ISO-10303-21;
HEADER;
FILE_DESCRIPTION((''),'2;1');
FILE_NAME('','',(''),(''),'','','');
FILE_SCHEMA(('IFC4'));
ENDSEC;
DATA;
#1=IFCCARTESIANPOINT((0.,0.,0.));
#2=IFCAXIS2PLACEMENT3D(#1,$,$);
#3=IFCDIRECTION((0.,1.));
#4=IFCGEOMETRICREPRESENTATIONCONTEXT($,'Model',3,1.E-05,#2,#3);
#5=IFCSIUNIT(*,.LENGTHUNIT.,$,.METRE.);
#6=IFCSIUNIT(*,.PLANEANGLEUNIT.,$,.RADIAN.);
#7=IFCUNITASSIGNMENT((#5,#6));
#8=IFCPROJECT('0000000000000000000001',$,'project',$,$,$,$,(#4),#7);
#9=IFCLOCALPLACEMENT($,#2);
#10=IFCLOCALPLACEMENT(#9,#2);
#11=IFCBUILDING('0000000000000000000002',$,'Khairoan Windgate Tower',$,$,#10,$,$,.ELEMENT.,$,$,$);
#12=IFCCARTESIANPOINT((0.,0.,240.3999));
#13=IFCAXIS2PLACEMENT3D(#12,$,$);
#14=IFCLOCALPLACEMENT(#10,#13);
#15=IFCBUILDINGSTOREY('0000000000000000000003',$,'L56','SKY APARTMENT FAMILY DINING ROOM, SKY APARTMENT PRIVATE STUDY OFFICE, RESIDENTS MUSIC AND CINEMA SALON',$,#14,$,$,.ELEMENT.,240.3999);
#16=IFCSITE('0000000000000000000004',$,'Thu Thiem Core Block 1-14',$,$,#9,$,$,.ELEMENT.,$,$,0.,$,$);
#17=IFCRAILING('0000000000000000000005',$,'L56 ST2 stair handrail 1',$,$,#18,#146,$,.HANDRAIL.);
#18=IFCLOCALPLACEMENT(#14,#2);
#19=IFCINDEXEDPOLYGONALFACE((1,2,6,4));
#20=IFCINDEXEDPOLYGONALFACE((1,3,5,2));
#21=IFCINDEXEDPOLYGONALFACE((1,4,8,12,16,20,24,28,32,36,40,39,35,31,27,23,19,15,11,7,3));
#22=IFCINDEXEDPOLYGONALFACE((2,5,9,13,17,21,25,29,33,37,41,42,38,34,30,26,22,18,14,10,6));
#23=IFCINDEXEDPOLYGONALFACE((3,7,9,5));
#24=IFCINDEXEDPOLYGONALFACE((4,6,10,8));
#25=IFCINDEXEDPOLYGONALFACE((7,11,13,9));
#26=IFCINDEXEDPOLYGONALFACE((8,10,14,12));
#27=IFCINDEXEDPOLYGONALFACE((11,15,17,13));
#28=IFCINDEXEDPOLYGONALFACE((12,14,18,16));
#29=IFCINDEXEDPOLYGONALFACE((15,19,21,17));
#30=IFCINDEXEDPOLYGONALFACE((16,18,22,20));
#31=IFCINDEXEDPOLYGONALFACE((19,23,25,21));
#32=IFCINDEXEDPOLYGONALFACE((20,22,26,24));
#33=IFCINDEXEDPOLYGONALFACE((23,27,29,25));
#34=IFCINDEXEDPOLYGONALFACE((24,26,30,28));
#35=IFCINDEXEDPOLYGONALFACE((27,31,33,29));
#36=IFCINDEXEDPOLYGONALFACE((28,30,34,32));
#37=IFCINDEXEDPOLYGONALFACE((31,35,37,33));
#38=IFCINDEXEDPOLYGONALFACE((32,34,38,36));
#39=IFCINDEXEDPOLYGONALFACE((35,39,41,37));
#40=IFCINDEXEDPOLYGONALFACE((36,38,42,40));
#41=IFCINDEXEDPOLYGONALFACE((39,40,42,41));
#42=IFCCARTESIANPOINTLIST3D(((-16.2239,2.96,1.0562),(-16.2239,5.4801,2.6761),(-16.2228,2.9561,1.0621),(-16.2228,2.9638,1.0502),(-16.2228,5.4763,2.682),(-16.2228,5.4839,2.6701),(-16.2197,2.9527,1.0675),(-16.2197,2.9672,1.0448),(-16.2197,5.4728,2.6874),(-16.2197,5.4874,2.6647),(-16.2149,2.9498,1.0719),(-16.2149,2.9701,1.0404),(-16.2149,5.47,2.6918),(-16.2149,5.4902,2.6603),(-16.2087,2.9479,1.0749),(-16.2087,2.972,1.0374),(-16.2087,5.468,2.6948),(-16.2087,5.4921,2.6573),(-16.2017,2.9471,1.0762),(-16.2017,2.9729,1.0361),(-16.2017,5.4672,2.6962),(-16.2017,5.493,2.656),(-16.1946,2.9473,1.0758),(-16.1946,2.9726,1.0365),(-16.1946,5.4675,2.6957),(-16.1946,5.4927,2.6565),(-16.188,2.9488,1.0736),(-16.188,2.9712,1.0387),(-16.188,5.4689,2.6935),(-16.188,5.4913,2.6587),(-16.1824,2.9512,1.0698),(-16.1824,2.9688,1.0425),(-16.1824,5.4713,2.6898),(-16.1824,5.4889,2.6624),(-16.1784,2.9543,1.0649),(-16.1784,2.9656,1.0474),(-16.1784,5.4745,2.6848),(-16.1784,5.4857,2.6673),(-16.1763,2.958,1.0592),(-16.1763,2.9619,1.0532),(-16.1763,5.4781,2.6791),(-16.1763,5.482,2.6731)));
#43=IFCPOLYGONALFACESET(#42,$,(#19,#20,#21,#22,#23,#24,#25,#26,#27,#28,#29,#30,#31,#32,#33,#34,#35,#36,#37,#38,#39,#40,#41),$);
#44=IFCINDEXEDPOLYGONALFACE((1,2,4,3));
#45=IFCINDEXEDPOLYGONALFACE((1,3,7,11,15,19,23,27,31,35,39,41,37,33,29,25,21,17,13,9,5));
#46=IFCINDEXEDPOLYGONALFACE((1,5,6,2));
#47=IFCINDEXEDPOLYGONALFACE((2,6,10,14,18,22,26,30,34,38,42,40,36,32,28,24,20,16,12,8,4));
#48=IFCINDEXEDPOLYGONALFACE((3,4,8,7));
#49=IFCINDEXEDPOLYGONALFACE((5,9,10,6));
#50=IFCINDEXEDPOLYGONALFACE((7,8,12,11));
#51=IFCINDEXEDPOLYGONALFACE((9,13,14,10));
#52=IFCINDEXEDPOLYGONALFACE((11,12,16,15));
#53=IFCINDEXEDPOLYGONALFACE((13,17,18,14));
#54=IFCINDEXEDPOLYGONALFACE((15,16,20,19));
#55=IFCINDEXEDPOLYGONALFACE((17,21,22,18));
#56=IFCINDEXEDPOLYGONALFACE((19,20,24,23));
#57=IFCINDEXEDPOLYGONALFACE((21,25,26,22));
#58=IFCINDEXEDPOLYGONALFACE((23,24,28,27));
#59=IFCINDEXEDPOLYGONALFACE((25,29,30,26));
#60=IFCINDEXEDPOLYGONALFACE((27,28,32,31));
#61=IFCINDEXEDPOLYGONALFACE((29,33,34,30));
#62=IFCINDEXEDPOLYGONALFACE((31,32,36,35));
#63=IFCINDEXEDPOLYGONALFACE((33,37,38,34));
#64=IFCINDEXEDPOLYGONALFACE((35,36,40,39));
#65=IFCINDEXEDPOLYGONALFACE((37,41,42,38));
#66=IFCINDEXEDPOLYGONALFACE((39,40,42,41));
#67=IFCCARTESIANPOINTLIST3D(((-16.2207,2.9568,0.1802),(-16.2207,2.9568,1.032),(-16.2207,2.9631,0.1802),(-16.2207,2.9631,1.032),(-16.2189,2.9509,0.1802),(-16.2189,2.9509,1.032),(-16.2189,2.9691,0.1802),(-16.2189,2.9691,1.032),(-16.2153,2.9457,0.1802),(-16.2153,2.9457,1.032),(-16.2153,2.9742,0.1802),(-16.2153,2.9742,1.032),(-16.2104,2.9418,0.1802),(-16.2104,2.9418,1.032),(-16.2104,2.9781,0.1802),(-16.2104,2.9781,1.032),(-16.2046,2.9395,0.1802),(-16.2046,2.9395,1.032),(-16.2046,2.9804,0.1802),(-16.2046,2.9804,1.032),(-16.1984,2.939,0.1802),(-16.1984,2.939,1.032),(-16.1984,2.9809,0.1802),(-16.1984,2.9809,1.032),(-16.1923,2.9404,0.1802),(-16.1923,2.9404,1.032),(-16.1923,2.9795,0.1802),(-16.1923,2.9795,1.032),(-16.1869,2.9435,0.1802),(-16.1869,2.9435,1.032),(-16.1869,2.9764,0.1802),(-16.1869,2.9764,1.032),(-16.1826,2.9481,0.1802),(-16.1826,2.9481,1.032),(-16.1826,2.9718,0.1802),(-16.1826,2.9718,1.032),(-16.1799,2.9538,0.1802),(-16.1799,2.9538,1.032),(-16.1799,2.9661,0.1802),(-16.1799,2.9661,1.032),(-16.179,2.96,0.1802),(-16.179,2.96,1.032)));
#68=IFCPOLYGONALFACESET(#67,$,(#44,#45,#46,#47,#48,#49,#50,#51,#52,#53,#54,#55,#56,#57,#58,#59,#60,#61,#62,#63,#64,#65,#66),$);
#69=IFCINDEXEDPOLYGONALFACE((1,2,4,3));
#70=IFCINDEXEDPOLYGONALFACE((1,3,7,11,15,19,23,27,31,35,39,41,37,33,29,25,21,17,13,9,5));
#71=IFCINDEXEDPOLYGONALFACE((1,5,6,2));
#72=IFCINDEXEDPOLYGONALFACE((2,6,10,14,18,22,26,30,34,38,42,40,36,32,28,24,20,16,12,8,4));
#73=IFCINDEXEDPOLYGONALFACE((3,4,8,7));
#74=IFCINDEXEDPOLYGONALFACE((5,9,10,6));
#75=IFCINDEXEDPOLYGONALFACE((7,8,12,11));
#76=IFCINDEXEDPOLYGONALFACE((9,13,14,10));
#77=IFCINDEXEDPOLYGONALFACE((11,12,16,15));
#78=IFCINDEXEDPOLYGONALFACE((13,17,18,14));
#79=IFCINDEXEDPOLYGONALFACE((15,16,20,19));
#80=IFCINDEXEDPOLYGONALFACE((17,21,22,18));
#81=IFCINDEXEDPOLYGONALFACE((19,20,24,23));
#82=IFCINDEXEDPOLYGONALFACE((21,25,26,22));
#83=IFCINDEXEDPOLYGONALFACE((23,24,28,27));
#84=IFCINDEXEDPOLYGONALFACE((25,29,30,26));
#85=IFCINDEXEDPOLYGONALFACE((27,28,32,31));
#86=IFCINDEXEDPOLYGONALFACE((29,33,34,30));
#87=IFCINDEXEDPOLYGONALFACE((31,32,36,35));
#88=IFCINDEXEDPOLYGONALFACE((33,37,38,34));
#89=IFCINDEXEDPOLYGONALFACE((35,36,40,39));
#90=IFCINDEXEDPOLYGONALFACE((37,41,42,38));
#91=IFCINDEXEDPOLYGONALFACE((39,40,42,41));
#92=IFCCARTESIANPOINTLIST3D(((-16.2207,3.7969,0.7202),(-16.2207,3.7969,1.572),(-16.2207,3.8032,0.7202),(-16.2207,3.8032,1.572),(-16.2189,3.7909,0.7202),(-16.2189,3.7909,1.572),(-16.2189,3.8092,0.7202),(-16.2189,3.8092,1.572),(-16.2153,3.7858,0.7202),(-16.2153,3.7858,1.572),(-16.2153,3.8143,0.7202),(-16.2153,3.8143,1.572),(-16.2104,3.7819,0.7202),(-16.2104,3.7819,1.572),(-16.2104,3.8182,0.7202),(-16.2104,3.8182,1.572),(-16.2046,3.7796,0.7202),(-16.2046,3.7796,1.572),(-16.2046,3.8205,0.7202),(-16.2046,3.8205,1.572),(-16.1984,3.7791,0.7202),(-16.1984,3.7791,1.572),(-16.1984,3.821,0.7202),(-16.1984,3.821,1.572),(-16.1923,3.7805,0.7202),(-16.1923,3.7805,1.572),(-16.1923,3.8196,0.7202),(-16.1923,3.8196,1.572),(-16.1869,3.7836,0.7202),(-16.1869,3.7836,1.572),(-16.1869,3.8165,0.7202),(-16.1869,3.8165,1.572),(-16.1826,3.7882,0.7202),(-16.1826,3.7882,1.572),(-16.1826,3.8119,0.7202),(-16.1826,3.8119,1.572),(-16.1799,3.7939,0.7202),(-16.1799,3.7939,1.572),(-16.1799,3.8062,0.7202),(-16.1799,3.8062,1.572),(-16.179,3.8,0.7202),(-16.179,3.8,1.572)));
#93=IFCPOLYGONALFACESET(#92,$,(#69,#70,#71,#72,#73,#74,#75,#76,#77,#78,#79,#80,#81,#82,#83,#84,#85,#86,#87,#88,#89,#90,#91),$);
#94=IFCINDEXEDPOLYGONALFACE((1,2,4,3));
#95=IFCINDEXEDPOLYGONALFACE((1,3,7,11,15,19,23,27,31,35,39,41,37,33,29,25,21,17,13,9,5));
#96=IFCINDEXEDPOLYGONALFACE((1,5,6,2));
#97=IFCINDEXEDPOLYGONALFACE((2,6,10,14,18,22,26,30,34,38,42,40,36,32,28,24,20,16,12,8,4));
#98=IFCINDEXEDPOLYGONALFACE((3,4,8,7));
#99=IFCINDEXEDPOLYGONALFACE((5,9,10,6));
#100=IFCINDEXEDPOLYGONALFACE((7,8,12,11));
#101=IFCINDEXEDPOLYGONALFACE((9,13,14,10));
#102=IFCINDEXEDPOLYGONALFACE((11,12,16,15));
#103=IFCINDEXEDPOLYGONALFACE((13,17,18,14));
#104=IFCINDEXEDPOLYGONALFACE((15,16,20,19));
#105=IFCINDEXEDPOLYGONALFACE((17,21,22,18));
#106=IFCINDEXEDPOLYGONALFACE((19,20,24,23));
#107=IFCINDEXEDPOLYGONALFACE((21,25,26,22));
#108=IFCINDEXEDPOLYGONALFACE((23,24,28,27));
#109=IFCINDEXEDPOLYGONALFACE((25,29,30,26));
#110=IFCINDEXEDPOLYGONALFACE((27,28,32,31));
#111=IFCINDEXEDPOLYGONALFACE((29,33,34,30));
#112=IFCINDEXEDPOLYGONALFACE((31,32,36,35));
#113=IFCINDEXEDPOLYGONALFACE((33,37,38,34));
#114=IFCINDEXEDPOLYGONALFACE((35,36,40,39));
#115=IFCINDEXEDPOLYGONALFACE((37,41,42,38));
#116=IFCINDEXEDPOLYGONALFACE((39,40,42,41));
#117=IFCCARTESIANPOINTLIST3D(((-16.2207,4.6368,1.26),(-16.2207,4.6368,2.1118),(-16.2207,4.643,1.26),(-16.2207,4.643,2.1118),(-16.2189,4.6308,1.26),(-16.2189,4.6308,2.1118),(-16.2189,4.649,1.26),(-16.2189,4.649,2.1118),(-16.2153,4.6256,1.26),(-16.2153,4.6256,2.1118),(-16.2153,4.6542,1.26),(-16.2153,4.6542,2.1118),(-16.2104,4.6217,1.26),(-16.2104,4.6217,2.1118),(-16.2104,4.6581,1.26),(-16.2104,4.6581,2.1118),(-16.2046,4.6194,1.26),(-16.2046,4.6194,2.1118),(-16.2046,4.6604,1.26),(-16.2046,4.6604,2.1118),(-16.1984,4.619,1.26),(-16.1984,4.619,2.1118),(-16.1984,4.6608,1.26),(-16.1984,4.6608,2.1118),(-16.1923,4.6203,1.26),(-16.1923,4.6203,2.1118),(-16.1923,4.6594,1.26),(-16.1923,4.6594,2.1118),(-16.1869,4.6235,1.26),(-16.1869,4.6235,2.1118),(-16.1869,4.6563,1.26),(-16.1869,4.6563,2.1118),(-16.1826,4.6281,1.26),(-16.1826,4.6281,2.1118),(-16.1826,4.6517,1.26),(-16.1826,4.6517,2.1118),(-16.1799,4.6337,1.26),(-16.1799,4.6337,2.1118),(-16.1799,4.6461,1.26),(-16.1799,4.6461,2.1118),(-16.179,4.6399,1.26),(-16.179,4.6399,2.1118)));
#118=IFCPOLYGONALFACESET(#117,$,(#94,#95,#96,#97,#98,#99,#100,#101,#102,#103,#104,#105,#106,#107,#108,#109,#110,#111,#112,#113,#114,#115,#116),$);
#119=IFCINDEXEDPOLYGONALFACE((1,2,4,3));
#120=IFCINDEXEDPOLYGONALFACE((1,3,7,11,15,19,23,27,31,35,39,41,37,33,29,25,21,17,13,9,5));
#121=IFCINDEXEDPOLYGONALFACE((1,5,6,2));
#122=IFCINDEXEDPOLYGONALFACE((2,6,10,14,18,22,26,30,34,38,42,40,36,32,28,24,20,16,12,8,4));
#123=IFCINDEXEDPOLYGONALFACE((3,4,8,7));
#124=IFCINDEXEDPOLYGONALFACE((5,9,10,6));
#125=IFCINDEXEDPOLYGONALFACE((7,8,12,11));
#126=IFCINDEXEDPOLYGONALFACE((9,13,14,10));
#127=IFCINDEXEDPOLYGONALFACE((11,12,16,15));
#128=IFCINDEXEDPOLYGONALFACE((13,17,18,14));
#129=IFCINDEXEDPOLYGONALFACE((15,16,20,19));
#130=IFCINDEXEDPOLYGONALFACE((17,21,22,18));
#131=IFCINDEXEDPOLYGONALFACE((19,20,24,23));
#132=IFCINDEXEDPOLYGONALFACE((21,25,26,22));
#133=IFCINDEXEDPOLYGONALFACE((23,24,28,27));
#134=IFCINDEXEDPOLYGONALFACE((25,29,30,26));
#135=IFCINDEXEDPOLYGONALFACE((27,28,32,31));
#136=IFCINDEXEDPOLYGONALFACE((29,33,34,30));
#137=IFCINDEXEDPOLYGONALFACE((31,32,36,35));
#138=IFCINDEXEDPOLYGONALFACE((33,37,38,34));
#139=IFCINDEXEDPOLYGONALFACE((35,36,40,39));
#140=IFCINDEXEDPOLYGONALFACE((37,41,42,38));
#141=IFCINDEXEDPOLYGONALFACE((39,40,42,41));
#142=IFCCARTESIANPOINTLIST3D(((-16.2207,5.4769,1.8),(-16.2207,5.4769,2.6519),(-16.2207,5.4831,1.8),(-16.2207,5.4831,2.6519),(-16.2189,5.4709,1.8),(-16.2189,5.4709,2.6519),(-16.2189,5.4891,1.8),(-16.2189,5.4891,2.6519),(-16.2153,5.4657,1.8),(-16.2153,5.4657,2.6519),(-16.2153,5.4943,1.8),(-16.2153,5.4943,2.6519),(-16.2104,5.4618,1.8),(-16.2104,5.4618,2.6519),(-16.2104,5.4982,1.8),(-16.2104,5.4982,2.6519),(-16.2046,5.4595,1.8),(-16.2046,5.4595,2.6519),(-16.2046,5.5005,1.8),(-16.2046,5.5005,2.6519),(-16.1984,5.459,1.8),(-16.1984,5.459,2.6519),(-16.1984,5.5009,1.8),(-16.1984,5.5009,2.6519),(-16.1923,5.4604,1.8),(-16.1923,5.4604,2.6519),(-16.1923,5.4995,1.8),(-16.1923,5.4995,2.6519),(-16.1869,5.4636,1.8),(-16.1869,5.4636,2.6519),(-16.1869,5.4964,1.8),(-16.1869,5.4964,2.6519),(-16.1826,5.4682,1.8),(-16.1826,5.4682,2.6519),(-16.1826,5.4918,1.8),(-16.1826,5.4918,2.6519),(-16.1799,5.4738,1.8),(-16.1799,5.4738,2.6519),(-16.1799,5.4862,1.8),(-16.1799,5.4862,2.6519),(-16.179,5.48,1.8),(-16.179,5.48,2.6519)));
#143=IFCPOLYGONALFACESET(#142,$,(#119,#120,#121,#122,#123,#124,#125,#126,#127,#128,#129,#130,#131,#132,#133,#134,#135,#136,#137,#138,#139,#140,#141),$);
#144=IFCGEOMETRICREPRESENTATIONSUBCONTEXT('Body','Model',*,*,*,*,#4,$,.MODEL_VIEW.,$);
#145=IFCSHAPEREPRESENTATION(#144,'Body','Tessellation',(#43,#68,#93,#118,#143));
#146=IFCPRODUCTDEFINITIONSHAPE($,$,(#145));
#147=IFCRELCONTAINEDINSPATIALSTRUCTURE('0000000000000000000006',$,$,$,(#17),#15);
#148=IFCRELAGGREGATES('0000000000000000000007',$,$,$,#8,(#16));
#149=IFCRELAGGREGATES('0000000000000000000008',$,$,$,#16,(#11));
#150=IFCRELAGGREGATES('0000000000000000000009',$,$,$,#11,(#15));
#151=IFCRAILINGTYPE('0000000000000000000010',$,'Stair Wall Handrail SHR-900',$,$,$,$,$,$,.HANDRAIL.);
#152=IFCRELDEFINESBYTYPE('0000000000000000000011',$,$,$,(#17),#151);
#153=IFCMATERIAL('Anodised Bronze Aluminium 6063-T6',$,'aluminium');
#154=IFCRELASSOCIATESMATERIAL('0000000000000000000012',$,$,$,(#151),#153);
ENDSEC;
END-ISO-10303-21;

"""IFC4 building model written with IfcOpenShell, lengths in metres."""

from ifc_helpers import new_model, si_unit, direction, frame, origin, origin_2d, place, context, subcontext, project, spatial, circle, extrude, material, type_object, element, save


model = new_model("IFC4")

# Units and contexts
model_context = context("Model", 3, precision=1e-05, world=origin(), true_north=direction((0.0, 1.0)))
body_context = subcontext(model_context, "Body", "Model", "MODEL_VIEW")
ifc_project = project(units=[si_unit("LENGTHUNIT", "METRE"), si_unit("PLANEANGLEUNIT", "RADIAN")], contexts=[model_context])

# Site, building, storey
site_placement = place(None, origin())
site = spatial("IfcSite", under=ifc_project, at=site_placement, Name="Thu Thiem Core Block 1-14", CompositionType="ELEMENT", RefElevation=0.0)
building_placement = place(site_placement, origin())
building = spatial("IfcBuilding", under=site, at=building_placement, Name="Khairoan Windgate Tower", CompositionType="ELEMENT")
storey_placement = place(building_placement, frame((0.0, 0.0, 240.3999)))
storey = spatial("IfcBuildingStorey", under=building, at=storey_placement, Name="L56", Description="SKY APARTMENT FAMILY DINING ROOM, SKY APARTMENT PRIVATE STUDY OFFICE, RESIDENTS MUSIC AND CINEMA SALON", CompositionType="ELEMENT", Elevation=240.3999)

# Railing
ifc_material_1 = material(Name="Anodised Bronze Aluminium 6063-T6", Category="aluminium")
railing_type_1 = type_object("IfcRailingType", Name="Stair Wall Handrail SHR-900", PredefinedType="HANDRAIL", material=ifc_material_1)
railing_1_placement = place(storey_placement, frame((-16.2, 2.96, 0.1802)))
element("IfcRailing", 1, at=railing_1_placement, inside=storey, type_object=railing_type_1, Name="L56 ST2 stair handrail 1", PredefinedType="HANDRAIL", context=body_context, shape_type="SweptSolid", body=[
    extrude(circle(Radius=0.0239, at=origin_2d()), frame((0.0, 0.0, 0.876), z_axis=(0.0, 0.8412, 0.540725), x_axis=(-1.0, 0.0, 0.0)), (0.0, 0.0, 1.0), 2.9958),
    extrude(circle(Radius=0.021, at=origin_2d()), origin(), (0.0, 0.0, 1.0), 0.8518),
    extrude(circle(Radius=0.021, at=origin_2d()), frame((0.0, 0.8401, 0.54)), (0.0, 0.0, 1.0), 0.8518),
    extrude(circle(Radius=0.021, at=origin_2d()), frame((0.0, 1.6799, 1.0798)), (0.0, 0.0, 1.0), 0.8518),
    extrude(circle(Radius=0.021, at=origin_2d()), frame((0.0, 2.52, 1.6199)), (0.0, 0.0, 1.0), 0.8518),
])

save(model, "model.ifc")
